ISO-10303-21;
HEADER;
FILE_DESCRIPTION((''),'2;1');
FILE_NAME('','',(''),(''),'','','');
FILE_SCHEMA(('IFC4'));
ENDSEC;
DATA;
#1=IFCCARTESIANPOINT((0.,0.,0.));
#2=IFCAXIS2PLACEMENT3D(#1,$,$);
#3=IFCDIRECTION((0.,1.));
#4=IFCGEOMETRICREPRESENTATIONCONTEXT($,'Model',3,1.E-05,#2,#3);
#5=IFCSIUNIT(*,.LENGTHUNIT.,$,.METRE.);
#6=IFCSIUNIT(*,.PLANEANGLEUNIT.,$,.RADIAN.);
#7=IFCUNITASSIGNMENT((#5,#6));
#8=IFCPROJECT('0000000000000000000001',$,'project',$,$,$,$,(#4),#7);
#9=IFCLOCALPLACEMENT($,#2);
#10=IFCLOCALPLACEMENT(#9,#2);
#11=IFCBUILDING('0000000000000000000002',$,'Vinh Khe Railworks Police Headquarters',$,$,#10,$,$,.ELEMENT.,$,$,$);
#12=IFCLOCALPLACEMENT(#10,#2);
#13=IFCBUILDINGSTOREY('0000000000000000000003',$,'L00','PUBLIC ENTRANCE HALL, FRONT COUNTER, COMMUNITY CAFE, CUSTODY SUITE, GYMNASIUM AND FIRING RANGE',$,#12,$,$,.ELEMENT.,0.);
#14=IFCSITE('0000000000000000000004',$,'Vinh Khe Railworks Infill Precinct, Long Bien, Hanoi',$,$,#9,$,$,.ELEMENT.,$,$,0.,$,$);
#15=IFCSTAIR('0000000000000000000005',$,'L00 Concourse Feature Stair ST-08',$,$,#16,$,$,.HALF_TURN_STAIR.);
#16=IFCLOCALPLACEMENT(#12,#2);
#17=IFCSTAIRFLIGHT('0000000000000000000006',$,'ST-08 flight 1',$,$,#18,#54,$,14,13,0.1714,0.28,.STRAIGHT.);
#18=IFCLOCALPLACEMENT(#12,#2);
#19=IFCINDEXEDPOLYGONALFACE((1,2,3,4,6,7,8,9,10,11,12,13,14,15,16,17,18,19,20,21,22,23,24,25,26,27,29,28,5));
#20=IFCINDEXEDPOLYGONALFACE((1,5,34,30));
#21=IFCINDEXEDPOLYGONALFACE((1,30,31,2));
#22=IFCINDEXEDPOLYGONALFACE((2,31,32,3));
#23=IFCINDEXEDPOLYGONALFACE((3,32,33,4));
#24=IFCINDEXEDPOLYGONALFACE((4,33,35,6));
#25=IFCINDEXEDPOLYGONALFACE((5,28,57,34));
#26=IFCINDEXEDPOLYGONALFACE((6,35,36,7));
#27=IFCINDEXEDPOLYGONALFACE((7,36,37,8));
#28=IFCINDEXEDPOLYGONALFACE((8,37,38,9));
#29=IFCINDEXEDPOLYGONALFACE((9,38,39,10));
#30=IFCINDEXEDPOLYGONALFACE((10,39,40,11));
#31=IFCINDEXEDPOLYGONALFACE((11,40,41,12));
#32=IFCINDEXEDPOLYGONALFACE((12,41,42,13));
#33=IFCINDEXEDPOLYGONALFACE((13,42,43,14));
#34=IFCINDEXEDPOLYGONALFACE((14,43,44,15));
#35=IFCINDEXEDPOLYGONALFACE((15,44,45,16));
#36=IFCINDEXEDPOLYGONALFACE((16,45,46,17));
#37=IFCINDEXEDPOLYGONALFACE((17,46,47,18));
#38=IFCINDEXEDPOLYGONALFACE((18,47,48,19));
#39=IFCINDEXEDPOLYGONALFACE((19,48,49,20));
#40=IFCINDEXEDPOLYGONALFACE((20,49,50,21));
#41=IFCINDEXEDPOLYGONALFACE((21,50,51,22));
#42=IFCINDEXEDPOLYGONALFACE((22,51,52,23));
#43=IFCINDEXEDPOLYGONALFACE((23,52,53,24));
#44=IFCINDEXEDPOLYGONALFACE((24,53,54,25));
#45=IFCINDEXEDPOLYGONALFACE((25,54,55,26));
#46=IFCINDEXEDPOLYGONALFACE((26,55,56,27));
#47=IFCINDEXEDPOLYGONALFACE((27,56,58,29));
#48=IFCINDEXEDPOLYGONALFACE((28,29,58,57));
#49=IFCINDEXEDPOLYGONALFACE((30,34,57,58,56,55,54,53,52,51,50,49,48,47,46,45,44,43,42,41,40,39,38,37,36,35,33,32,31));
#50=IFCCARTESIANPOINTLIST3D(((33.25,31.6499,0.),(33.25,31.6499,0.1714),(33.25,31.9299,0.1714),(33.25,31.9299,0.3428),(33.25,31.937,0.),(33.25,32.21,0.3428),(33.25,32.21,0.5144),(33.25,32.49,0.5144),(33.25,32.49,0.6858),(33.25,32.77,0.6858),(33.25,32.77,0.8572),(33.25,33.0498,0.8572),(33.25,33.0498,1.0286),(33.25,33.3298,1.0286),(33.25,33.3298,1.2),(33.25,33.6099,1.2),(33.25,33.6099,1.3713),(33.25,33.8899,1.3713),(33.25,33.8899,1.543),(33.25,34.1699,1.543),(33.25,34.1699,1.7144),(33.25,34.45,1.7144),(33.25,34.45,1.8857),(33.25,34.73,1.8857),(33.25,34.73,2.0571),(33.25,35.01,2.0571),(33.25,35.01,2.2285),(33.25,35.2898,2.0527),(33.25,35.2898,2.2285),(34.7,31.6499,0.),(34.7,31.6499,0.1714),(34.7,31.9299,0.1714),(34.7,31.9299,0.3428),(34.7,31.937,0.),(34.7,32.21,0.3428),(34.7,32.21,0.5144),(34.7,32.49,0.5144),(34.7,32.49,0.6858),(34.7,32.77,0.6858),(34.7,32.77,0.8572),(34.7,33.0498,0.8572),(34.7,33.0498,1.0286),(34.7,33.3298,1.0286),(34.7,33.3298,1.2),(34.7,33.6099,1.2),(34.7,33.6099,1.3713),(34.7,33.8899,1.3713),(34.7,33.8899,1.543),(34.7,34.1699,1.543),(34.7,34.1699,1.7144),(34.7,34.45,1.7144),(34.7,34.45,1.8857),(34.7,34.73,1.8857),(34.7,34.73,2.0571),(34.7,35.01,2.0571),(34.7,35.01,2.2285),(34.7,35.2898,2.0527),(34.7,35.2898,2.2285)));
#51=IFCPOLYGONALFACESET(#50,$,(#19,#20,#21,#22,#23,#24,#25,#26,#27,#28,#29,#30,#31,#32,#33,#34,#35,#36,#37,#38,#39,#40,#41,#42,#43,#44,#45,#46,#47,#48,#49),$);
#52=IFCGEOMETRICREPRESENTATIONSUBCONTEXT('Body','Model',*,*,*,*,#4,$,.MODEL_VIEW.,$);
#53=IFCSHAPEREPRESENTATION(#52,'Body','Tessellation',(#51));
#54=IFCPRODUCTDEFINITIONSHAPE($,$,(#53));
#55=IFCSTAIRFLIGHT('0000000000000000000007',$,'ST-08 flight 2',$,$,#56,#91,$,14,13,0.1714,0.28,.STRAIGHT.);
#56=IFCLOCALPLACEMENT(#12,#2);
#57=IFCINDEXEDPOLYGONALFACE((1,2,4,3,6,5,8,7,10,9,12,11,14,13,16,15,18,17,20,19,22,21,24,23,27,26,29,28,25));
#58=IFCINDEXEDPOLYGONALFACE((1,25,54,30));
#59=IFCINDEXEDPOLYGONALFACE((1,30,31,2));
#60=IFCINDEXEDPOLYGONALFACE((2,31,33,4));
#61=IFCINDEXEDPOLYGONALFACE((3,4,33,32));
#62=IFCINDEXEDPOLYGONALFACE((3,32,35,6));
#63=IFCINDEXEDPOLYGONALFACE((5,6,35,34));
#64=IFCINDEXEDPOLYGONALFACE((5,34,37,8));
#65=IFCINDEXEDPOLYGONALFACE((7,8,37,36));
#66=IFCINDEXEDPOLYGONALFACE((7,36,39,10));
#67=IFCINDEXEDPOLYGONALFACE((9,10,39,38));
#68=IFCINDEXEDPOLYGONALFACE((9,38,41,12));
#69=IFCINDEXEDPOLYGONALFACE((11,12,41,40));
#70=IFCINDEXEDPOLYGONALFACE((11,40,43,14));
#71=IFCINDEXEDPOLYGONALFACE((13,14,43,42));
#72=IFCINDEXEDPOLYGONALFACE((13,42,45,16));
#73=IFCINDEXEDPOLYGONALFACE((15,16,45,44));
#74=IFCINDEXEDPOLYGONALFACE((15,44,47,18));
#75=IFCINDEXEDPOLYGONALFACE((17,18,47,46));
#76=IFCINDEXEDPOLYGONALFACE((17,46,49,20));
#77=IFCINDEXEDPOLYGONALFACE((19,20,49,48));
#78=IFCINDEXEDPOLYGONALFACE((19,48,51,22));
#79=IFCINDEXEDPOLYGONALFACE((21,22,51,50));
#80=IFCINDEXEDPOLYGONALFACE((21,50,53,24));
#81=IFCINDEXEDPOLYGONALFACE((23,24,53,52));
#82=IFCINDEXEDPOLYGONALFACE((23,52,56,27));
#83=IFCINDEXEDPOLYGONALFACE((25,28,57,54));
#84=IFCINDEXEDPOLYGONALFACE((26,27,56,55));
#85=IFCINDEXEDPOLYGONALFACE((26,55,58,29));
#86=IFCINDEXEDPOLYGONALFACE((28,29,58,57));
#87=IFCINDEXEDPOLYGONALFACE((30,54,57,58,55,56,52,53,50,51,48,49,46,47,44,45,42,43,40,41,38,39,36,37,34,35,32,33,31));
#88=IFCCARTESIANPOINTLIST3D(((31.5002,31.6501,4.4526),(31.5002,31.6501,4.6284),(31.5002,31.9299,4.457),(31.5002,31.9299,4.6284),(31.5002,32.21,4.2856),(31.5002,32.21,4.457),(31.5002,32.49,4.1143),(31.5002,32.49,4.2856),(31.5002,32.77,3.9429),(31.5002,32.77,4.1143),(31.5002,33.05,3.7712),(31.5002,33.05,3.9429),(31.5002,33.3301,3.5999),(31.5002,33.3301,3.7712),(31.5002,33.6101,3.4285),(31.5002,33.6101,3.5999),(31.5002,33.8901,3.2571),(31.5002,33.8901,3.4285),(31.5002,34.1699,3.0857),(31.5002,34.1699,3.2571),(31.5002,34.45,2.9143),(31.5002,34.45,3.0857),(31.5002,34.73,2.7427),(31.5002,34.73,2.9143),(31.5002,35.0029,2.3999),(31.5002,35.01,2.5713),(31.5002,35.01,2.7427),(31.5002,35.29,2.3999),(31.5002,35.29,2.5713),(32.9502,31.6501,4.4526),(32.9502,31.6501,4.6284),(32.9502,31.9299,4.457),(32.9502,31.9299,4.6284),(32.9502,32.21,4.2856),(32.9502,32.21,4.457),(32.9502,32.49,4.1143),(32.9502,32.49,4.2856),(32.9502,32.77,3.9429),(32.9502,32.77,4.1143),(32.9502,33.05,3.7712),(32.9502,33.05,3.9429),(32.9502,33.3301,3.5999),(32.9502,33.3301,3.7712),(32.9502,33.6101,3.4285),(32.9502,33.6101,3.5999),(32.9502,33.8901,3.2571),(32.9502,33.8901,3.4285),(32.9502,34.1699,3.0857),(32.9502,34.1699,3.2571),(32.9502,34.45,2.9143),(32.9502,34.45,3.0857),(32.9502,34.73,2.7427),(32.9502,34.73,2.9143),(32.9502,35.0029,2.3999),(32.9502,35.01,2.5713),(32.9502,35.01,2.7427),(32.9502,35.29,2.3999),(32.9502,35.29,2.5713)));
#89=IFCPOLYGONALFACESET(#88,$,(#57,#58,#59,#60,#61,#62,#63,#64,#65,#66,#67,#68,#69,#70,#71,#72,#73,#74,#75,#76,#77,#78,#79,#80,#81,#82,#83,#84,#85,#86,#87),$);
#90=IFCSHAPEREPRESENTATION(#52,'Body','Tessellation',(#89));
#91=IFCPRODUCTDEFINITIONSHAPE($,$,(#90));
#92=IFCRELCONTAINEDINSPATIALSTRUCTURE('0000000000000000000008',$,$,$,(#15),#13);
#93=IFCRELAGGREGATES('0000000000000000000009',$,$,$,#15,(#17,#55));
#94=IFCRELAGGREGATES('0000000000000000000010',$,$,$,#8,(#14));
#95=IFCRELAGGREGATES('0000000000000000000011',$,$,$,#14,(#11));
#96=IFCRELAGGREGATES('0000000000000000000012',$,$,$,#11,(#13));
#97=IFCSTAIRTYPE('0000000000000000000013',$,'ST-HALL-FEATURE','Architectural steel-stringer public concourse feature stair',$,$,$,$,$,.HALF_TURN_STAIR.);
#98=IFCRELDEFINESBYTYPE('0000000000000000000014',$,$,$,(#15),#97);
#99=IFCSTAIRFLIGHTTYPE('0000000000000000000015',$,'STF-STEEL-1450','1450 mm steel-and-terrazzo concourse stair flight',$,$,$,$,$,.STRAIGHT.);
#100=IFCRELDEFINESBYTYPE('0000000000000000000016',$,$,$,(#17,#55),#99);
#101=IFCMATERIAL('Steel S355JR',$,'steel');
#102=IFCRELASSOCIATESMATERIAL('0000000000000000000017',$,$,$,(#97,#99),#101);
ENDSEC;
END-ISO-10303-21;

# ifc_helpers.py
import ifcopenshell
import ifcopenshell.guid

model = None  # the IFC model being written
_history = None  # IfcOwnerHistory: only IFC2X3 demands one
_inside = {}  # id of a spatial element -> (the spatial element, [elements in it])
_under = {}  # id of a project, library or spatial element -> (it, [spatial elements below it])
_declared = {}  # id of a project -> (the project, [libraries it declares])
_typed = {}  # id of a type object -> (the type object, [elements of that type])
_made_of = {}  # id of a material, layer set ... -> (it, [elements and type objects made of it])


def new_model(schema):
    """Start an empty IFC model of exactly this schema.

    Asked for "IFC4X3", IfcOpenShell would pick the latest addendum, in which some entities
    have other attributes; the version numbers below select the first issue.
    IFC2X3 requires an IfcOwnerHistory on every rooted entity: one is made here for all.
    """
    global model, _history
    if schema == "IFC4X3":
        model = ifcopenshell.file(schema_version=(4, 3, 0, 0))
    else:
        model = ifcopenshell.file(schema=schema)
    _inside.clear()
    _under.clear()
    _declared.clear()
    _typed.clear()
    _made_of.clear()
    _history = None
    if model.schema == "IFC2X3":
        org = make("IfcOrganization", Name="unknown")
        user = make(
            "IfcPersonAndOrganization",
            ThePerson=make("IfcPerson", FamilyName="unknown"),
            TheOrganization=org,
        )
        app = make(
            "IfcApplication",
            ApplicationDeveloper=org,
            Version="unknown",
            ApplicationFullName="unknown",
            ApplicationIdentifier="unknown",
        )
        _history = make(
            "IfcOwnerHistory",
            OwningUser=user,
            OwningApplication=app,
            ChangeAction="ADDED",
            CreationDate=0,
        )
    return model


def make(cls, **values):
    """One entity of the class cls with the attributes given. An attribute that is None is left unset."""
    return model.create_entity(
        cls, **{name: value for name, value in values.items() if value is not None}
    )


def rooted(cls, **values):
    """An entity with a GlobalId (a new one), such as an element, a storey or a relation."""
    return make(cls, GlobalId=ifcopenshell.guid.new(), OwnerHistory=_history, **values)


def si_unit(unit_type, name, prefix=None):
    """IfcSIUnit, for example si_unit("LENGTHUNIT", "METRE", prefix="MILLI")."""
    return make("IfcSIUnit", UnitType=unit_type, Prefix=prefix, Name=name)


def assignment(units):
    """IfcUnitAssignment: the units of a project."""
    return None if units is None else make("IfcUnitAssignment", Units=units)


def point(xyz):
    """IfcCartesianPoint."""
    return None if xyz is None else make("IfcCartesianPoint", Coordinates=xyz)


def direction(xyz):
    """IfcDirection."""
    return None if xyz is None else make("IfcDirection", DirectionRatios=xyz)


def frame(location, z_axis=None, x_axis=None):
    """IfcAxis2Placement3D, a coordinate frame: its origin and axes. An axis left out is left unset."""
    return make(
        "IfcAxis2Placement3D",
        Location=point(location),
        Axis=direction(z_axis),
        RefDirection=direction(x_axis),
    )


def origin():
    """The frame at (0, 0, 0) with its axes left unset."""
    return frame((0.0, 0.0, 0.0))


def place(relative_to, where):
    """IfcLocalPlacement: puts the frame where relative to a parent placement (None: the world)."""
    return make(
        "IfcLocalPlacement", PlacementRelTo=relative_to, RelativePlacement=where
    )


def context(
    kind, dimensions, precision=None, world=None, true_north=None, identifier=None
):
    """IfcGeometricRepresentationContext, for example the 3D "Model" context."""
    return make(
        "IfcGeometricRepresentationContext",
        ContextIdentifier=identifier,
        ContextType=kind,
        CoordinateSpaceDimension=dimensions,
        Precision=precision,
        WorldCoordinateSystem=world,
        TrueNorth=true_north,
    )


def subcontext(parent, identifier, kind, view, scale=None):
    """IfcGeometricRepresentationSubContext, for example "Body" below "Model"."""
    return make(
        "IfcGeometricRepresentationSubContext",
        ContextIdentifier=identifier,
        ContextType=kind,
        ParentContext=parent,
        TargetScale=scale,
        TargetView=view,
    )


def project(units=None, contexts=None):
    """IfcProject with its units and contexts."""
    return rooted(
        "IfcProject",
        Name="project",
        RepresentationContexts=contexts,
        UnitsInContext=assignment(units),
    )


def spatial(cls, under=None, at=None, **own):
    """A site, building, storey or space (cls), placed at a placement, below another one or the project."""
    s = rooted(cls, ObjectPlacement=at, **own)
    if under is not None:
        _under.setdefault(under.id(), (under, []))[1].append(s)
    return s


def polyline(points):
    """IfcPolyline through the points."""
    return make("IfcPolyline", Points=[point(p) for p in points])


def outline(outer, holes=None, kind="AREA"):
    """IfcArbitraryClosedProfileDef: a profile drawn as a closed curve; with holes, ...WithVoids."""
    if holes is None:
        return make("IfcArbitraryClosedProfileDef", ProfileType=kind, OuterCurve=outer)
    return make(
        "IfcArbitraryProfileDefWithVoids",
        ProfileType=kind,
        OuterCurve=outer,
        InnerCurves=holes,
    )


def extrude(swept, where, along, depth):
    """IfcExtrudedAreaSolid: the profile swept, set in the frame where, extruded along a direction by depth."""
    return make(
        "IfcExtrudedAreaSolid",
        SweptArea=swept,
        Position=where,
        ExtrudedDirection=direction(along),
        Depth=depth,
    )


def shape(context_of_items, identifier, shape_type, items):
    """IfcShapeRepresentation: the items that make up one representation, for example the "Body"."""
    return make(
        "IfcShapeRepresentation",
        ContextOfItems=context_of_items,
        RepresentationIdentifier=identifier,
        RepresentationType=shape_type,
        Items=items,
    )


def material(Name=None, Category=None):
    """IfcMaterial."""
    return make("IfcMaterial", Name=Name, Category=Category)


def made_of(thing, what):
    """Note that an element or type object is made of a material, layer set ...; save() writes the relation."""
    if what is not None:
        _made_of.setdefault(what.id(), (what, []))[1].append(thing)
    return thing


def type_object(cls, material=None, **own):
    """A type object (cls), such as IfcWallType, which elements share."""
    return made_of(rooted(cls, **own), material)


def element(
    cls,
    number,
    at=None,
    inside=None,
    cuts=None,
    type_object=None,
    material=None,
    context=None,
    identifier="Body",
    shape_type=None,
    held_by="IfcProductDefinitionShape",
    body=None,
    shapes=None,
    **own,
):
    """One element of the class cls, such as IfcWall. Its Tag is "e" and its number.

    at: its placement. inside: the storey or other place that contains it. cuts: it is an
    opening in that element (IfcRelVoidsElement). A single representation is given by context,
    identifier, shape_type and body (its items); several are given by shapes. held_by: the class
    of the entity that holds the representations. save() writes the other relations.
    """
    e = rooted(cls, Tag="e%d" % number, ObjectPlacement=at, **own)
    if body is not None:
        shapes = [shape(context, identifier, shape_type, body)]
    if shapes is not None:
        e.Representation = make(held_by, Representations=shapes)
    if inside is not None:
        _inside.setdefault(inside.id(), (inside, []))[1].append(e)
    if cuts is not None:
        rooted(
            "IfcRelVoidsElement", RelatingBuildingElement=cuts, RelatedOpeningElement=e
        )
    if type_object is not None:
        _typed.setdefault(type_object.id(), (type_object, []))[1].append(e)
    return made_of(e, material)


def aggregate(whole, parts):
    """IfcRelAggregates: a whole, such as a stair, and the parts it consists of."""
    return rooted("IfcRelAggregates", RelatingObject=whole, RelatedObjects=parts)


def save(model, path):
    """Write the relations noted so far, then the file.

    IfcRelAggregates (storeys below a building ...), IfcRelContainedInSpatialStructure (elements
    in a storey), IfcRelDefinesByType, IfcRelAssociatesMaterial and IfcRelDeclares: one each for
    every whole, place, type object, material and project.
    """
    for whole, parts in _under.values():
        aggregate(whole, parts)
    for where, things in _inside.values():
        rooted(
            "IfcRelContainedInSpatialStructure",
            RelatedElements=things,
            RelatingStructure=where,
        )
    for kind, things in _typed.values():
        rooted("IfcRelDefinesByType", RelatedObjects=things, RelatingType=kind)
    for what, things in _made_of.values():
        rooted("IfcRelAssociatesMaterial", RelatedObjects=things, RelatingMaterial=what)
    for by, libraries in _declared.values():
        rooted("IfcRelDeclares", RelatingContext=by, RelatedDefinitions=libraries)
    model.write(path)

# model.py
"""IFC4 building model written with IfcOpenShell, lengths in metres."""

from ifc_helpers import new_model, si_unit, direction, frame, origin, place, context, subcontext, project, spatial, polyline, outline, extrude, material, type_object, element, aggregate, save


model = new_model("IFC4")

# Units and contexts
model_context = context("Model", 3, precision=1e-05, world=origin(), true_north=direction((0.0, 1.0)))
body_context = subcontext(model_context, "Body", "Model", "MODEL_VIEW")
ifc_project = project(units=[si_unit("LENGTHUNIT", "METRE"), si_unit("PLANEANGLEUNIT", "RADIAN")], contexts=[model_context])

# Site, building, storey
site_placement = place(None, origin())
site = spatial("IfcSite", under=ifc_project, at=site_placement, Name="Vinh Khe Railworks Infill Precinct, Long Bien, Hanoi", CompositionType="ELEMENT", RefElevation=0.0)
building_placement = place(site_placement, origin())
building = spatial("IfcBuilding", under=site, at=building_placement, Name="Vinh Khe Railworks Police Headquarters", CompositionType="ELEMENT")
storey_placement = place(building_placement, origin())
storey = spatial("IfcBuildingStorey", under=building, at=storey_placement, Name="L00", Description="PUBLIC ENTRANCE HALL, FRONT COUNTER, COMMUNITY CAFE, CUSTODY SUITE, GYMNASIUM AND FIRING RANGE", CompositionType="ELEMENT", Elevation=0.0)

# Stair, stair flights
ifc_material_1 = material(Name="Steel S355JR", Category="steel")
stair_type = type_object("IfcStairType", Name="ST-HALL-FEATURE", Description="Architectural steel-stringer public concourse feature stair", PredefinedType="HALF_TURN_STAIR", material=ifc_material_1)
stair_placement = place(storey_placement, origin())
stair = element("IfcStair", 1, at=stair_placement, inside=storey, type_object=stair_type, Name="L00 Concourse Feature Stair ST-08", PredefinedType="HALF_TURN_STAIR")
stair_flight_type = type_object("IfcStairFlightType", Name="STF-STEEL-1450", Description="1450 mm steel-and-terrazzo concourse stair flight", PredefinedType="STRAIGHT", material=ifc_material_1)
stair_flight_1_placement = place(storey_placement, frame((33.9751, 31.6499, 0.0), z_axis=(0.0, 0.0, 1.0), x_axis=(0.0, 1.0, 0.0)))
stair_flight_1 = element("IfcStairFlight", 2, at=stair_flight_1_placement, type_object=stair_flight_type, Name="ST-08 flight 1", NumberOfRisers=14, NumberOfTreads=13, PredefinedType="STRAIGHT", RiserHeight=0.1714, TreadLength=0.28, context=body_context, shape_type="SweptSolid", body=[
    extrude(outline(polyline([(0.0, 0.0), (0.0, 0.1714), (0.28, 0.1714), (0.28, 0.3428), (0.5601, 0.3428), (0.5601, 0.5144), (0.8401, 0.5144), (0.8401, 0.6858), (1.1201, 0.6858), (1.1201, 0.8572), (1.3999, 0.8572), (1.3999, 1.0286), (1.6799, 1.0286), (1.6799, 1.2), (1.96, 1.2), (1.96, 1.3713), (2.24, 1.3713), (2.24, 1.543), (2.52, 1.543), (2.52, 1.7144), (2.8, 1.7144), (2.8, 1.8857), (3.0801, 1.8857), (3.0801, 2.0571), (3.3601, 2.0571), (3.3601, 2.2285), (3.6399, 2.2285), (3.6399, 2.3999), (3.6399, 2.0527), (0.2871, 0.0), (0.0, 0.0)])), frame((0.0, 0.7251, 0.0), z_axis=(0.0, -1.0, 0.0), x_axis=(1.0, 0.0, 0.0)), (0.0, 0.0, 1.0), 1.45),
])
stair_flight_2_placement = place(storey_placement, frame((32.2251, 35.29, 2.3999), z_axis=(0.0, 0.0, 1.0), x_axis=(0.0, -1.0, 0.0)))
stair_flight_2 = element("IfcStairFlight", 3, at=stair_flight_2_placement, type_object=stair_flight_type, Name="ST-08 flight 2", NumberOfRisers=14, NumberOfTreads=13, PredefinedType="STRAIGHT", RiserHeight=0.1714, TreadLength=0.28, context=body_context, shape_type="SweptSolid", body=[
    extrude(outline(polyline([(0.0, 0.0), (0.0, 0.1714), (0.28, 0.1714), (0.28, 0.3428), (0.5601, 0.3428), (0.5601, 0.5144), (0.8401, 0.5144), (0.8401, 0.6858), (1.1201, 0.6858), (1.1201, 0.8572), (1.3999, 0.8572), (1.3999, 1.0286), (1.6799, 1.0286), (1.6799, 1.2), (1.96, 1.2), (1.96, 1.3713), (2.24, 1.3713), (2.24, 1.543), (2.52, 1.543), (2.52, 1.7144), (2.8, 1.7144), (2.8, 1.8857), (3.0801, 1.8857), (3.0801, 2.0571), (3.3601, 2.0571), (3.3601, 2.2285), (3.6399, 2.2285), (3.6399, 2.3999), (3.6399, 2.0527), (0.2871, 0.0), (0.0, 0.0)])), frame((0.0, 0.7251, 0.0), z_axis=(0.0, -1.0, 0.0), x_axis=(1.0, 0.0, 0.0)), (0.0, 0.0, 1.0), 1.45),
])
aggregate(stair, [stair_flight_1, stair_flight_2])

save(model, "model.ifc")
